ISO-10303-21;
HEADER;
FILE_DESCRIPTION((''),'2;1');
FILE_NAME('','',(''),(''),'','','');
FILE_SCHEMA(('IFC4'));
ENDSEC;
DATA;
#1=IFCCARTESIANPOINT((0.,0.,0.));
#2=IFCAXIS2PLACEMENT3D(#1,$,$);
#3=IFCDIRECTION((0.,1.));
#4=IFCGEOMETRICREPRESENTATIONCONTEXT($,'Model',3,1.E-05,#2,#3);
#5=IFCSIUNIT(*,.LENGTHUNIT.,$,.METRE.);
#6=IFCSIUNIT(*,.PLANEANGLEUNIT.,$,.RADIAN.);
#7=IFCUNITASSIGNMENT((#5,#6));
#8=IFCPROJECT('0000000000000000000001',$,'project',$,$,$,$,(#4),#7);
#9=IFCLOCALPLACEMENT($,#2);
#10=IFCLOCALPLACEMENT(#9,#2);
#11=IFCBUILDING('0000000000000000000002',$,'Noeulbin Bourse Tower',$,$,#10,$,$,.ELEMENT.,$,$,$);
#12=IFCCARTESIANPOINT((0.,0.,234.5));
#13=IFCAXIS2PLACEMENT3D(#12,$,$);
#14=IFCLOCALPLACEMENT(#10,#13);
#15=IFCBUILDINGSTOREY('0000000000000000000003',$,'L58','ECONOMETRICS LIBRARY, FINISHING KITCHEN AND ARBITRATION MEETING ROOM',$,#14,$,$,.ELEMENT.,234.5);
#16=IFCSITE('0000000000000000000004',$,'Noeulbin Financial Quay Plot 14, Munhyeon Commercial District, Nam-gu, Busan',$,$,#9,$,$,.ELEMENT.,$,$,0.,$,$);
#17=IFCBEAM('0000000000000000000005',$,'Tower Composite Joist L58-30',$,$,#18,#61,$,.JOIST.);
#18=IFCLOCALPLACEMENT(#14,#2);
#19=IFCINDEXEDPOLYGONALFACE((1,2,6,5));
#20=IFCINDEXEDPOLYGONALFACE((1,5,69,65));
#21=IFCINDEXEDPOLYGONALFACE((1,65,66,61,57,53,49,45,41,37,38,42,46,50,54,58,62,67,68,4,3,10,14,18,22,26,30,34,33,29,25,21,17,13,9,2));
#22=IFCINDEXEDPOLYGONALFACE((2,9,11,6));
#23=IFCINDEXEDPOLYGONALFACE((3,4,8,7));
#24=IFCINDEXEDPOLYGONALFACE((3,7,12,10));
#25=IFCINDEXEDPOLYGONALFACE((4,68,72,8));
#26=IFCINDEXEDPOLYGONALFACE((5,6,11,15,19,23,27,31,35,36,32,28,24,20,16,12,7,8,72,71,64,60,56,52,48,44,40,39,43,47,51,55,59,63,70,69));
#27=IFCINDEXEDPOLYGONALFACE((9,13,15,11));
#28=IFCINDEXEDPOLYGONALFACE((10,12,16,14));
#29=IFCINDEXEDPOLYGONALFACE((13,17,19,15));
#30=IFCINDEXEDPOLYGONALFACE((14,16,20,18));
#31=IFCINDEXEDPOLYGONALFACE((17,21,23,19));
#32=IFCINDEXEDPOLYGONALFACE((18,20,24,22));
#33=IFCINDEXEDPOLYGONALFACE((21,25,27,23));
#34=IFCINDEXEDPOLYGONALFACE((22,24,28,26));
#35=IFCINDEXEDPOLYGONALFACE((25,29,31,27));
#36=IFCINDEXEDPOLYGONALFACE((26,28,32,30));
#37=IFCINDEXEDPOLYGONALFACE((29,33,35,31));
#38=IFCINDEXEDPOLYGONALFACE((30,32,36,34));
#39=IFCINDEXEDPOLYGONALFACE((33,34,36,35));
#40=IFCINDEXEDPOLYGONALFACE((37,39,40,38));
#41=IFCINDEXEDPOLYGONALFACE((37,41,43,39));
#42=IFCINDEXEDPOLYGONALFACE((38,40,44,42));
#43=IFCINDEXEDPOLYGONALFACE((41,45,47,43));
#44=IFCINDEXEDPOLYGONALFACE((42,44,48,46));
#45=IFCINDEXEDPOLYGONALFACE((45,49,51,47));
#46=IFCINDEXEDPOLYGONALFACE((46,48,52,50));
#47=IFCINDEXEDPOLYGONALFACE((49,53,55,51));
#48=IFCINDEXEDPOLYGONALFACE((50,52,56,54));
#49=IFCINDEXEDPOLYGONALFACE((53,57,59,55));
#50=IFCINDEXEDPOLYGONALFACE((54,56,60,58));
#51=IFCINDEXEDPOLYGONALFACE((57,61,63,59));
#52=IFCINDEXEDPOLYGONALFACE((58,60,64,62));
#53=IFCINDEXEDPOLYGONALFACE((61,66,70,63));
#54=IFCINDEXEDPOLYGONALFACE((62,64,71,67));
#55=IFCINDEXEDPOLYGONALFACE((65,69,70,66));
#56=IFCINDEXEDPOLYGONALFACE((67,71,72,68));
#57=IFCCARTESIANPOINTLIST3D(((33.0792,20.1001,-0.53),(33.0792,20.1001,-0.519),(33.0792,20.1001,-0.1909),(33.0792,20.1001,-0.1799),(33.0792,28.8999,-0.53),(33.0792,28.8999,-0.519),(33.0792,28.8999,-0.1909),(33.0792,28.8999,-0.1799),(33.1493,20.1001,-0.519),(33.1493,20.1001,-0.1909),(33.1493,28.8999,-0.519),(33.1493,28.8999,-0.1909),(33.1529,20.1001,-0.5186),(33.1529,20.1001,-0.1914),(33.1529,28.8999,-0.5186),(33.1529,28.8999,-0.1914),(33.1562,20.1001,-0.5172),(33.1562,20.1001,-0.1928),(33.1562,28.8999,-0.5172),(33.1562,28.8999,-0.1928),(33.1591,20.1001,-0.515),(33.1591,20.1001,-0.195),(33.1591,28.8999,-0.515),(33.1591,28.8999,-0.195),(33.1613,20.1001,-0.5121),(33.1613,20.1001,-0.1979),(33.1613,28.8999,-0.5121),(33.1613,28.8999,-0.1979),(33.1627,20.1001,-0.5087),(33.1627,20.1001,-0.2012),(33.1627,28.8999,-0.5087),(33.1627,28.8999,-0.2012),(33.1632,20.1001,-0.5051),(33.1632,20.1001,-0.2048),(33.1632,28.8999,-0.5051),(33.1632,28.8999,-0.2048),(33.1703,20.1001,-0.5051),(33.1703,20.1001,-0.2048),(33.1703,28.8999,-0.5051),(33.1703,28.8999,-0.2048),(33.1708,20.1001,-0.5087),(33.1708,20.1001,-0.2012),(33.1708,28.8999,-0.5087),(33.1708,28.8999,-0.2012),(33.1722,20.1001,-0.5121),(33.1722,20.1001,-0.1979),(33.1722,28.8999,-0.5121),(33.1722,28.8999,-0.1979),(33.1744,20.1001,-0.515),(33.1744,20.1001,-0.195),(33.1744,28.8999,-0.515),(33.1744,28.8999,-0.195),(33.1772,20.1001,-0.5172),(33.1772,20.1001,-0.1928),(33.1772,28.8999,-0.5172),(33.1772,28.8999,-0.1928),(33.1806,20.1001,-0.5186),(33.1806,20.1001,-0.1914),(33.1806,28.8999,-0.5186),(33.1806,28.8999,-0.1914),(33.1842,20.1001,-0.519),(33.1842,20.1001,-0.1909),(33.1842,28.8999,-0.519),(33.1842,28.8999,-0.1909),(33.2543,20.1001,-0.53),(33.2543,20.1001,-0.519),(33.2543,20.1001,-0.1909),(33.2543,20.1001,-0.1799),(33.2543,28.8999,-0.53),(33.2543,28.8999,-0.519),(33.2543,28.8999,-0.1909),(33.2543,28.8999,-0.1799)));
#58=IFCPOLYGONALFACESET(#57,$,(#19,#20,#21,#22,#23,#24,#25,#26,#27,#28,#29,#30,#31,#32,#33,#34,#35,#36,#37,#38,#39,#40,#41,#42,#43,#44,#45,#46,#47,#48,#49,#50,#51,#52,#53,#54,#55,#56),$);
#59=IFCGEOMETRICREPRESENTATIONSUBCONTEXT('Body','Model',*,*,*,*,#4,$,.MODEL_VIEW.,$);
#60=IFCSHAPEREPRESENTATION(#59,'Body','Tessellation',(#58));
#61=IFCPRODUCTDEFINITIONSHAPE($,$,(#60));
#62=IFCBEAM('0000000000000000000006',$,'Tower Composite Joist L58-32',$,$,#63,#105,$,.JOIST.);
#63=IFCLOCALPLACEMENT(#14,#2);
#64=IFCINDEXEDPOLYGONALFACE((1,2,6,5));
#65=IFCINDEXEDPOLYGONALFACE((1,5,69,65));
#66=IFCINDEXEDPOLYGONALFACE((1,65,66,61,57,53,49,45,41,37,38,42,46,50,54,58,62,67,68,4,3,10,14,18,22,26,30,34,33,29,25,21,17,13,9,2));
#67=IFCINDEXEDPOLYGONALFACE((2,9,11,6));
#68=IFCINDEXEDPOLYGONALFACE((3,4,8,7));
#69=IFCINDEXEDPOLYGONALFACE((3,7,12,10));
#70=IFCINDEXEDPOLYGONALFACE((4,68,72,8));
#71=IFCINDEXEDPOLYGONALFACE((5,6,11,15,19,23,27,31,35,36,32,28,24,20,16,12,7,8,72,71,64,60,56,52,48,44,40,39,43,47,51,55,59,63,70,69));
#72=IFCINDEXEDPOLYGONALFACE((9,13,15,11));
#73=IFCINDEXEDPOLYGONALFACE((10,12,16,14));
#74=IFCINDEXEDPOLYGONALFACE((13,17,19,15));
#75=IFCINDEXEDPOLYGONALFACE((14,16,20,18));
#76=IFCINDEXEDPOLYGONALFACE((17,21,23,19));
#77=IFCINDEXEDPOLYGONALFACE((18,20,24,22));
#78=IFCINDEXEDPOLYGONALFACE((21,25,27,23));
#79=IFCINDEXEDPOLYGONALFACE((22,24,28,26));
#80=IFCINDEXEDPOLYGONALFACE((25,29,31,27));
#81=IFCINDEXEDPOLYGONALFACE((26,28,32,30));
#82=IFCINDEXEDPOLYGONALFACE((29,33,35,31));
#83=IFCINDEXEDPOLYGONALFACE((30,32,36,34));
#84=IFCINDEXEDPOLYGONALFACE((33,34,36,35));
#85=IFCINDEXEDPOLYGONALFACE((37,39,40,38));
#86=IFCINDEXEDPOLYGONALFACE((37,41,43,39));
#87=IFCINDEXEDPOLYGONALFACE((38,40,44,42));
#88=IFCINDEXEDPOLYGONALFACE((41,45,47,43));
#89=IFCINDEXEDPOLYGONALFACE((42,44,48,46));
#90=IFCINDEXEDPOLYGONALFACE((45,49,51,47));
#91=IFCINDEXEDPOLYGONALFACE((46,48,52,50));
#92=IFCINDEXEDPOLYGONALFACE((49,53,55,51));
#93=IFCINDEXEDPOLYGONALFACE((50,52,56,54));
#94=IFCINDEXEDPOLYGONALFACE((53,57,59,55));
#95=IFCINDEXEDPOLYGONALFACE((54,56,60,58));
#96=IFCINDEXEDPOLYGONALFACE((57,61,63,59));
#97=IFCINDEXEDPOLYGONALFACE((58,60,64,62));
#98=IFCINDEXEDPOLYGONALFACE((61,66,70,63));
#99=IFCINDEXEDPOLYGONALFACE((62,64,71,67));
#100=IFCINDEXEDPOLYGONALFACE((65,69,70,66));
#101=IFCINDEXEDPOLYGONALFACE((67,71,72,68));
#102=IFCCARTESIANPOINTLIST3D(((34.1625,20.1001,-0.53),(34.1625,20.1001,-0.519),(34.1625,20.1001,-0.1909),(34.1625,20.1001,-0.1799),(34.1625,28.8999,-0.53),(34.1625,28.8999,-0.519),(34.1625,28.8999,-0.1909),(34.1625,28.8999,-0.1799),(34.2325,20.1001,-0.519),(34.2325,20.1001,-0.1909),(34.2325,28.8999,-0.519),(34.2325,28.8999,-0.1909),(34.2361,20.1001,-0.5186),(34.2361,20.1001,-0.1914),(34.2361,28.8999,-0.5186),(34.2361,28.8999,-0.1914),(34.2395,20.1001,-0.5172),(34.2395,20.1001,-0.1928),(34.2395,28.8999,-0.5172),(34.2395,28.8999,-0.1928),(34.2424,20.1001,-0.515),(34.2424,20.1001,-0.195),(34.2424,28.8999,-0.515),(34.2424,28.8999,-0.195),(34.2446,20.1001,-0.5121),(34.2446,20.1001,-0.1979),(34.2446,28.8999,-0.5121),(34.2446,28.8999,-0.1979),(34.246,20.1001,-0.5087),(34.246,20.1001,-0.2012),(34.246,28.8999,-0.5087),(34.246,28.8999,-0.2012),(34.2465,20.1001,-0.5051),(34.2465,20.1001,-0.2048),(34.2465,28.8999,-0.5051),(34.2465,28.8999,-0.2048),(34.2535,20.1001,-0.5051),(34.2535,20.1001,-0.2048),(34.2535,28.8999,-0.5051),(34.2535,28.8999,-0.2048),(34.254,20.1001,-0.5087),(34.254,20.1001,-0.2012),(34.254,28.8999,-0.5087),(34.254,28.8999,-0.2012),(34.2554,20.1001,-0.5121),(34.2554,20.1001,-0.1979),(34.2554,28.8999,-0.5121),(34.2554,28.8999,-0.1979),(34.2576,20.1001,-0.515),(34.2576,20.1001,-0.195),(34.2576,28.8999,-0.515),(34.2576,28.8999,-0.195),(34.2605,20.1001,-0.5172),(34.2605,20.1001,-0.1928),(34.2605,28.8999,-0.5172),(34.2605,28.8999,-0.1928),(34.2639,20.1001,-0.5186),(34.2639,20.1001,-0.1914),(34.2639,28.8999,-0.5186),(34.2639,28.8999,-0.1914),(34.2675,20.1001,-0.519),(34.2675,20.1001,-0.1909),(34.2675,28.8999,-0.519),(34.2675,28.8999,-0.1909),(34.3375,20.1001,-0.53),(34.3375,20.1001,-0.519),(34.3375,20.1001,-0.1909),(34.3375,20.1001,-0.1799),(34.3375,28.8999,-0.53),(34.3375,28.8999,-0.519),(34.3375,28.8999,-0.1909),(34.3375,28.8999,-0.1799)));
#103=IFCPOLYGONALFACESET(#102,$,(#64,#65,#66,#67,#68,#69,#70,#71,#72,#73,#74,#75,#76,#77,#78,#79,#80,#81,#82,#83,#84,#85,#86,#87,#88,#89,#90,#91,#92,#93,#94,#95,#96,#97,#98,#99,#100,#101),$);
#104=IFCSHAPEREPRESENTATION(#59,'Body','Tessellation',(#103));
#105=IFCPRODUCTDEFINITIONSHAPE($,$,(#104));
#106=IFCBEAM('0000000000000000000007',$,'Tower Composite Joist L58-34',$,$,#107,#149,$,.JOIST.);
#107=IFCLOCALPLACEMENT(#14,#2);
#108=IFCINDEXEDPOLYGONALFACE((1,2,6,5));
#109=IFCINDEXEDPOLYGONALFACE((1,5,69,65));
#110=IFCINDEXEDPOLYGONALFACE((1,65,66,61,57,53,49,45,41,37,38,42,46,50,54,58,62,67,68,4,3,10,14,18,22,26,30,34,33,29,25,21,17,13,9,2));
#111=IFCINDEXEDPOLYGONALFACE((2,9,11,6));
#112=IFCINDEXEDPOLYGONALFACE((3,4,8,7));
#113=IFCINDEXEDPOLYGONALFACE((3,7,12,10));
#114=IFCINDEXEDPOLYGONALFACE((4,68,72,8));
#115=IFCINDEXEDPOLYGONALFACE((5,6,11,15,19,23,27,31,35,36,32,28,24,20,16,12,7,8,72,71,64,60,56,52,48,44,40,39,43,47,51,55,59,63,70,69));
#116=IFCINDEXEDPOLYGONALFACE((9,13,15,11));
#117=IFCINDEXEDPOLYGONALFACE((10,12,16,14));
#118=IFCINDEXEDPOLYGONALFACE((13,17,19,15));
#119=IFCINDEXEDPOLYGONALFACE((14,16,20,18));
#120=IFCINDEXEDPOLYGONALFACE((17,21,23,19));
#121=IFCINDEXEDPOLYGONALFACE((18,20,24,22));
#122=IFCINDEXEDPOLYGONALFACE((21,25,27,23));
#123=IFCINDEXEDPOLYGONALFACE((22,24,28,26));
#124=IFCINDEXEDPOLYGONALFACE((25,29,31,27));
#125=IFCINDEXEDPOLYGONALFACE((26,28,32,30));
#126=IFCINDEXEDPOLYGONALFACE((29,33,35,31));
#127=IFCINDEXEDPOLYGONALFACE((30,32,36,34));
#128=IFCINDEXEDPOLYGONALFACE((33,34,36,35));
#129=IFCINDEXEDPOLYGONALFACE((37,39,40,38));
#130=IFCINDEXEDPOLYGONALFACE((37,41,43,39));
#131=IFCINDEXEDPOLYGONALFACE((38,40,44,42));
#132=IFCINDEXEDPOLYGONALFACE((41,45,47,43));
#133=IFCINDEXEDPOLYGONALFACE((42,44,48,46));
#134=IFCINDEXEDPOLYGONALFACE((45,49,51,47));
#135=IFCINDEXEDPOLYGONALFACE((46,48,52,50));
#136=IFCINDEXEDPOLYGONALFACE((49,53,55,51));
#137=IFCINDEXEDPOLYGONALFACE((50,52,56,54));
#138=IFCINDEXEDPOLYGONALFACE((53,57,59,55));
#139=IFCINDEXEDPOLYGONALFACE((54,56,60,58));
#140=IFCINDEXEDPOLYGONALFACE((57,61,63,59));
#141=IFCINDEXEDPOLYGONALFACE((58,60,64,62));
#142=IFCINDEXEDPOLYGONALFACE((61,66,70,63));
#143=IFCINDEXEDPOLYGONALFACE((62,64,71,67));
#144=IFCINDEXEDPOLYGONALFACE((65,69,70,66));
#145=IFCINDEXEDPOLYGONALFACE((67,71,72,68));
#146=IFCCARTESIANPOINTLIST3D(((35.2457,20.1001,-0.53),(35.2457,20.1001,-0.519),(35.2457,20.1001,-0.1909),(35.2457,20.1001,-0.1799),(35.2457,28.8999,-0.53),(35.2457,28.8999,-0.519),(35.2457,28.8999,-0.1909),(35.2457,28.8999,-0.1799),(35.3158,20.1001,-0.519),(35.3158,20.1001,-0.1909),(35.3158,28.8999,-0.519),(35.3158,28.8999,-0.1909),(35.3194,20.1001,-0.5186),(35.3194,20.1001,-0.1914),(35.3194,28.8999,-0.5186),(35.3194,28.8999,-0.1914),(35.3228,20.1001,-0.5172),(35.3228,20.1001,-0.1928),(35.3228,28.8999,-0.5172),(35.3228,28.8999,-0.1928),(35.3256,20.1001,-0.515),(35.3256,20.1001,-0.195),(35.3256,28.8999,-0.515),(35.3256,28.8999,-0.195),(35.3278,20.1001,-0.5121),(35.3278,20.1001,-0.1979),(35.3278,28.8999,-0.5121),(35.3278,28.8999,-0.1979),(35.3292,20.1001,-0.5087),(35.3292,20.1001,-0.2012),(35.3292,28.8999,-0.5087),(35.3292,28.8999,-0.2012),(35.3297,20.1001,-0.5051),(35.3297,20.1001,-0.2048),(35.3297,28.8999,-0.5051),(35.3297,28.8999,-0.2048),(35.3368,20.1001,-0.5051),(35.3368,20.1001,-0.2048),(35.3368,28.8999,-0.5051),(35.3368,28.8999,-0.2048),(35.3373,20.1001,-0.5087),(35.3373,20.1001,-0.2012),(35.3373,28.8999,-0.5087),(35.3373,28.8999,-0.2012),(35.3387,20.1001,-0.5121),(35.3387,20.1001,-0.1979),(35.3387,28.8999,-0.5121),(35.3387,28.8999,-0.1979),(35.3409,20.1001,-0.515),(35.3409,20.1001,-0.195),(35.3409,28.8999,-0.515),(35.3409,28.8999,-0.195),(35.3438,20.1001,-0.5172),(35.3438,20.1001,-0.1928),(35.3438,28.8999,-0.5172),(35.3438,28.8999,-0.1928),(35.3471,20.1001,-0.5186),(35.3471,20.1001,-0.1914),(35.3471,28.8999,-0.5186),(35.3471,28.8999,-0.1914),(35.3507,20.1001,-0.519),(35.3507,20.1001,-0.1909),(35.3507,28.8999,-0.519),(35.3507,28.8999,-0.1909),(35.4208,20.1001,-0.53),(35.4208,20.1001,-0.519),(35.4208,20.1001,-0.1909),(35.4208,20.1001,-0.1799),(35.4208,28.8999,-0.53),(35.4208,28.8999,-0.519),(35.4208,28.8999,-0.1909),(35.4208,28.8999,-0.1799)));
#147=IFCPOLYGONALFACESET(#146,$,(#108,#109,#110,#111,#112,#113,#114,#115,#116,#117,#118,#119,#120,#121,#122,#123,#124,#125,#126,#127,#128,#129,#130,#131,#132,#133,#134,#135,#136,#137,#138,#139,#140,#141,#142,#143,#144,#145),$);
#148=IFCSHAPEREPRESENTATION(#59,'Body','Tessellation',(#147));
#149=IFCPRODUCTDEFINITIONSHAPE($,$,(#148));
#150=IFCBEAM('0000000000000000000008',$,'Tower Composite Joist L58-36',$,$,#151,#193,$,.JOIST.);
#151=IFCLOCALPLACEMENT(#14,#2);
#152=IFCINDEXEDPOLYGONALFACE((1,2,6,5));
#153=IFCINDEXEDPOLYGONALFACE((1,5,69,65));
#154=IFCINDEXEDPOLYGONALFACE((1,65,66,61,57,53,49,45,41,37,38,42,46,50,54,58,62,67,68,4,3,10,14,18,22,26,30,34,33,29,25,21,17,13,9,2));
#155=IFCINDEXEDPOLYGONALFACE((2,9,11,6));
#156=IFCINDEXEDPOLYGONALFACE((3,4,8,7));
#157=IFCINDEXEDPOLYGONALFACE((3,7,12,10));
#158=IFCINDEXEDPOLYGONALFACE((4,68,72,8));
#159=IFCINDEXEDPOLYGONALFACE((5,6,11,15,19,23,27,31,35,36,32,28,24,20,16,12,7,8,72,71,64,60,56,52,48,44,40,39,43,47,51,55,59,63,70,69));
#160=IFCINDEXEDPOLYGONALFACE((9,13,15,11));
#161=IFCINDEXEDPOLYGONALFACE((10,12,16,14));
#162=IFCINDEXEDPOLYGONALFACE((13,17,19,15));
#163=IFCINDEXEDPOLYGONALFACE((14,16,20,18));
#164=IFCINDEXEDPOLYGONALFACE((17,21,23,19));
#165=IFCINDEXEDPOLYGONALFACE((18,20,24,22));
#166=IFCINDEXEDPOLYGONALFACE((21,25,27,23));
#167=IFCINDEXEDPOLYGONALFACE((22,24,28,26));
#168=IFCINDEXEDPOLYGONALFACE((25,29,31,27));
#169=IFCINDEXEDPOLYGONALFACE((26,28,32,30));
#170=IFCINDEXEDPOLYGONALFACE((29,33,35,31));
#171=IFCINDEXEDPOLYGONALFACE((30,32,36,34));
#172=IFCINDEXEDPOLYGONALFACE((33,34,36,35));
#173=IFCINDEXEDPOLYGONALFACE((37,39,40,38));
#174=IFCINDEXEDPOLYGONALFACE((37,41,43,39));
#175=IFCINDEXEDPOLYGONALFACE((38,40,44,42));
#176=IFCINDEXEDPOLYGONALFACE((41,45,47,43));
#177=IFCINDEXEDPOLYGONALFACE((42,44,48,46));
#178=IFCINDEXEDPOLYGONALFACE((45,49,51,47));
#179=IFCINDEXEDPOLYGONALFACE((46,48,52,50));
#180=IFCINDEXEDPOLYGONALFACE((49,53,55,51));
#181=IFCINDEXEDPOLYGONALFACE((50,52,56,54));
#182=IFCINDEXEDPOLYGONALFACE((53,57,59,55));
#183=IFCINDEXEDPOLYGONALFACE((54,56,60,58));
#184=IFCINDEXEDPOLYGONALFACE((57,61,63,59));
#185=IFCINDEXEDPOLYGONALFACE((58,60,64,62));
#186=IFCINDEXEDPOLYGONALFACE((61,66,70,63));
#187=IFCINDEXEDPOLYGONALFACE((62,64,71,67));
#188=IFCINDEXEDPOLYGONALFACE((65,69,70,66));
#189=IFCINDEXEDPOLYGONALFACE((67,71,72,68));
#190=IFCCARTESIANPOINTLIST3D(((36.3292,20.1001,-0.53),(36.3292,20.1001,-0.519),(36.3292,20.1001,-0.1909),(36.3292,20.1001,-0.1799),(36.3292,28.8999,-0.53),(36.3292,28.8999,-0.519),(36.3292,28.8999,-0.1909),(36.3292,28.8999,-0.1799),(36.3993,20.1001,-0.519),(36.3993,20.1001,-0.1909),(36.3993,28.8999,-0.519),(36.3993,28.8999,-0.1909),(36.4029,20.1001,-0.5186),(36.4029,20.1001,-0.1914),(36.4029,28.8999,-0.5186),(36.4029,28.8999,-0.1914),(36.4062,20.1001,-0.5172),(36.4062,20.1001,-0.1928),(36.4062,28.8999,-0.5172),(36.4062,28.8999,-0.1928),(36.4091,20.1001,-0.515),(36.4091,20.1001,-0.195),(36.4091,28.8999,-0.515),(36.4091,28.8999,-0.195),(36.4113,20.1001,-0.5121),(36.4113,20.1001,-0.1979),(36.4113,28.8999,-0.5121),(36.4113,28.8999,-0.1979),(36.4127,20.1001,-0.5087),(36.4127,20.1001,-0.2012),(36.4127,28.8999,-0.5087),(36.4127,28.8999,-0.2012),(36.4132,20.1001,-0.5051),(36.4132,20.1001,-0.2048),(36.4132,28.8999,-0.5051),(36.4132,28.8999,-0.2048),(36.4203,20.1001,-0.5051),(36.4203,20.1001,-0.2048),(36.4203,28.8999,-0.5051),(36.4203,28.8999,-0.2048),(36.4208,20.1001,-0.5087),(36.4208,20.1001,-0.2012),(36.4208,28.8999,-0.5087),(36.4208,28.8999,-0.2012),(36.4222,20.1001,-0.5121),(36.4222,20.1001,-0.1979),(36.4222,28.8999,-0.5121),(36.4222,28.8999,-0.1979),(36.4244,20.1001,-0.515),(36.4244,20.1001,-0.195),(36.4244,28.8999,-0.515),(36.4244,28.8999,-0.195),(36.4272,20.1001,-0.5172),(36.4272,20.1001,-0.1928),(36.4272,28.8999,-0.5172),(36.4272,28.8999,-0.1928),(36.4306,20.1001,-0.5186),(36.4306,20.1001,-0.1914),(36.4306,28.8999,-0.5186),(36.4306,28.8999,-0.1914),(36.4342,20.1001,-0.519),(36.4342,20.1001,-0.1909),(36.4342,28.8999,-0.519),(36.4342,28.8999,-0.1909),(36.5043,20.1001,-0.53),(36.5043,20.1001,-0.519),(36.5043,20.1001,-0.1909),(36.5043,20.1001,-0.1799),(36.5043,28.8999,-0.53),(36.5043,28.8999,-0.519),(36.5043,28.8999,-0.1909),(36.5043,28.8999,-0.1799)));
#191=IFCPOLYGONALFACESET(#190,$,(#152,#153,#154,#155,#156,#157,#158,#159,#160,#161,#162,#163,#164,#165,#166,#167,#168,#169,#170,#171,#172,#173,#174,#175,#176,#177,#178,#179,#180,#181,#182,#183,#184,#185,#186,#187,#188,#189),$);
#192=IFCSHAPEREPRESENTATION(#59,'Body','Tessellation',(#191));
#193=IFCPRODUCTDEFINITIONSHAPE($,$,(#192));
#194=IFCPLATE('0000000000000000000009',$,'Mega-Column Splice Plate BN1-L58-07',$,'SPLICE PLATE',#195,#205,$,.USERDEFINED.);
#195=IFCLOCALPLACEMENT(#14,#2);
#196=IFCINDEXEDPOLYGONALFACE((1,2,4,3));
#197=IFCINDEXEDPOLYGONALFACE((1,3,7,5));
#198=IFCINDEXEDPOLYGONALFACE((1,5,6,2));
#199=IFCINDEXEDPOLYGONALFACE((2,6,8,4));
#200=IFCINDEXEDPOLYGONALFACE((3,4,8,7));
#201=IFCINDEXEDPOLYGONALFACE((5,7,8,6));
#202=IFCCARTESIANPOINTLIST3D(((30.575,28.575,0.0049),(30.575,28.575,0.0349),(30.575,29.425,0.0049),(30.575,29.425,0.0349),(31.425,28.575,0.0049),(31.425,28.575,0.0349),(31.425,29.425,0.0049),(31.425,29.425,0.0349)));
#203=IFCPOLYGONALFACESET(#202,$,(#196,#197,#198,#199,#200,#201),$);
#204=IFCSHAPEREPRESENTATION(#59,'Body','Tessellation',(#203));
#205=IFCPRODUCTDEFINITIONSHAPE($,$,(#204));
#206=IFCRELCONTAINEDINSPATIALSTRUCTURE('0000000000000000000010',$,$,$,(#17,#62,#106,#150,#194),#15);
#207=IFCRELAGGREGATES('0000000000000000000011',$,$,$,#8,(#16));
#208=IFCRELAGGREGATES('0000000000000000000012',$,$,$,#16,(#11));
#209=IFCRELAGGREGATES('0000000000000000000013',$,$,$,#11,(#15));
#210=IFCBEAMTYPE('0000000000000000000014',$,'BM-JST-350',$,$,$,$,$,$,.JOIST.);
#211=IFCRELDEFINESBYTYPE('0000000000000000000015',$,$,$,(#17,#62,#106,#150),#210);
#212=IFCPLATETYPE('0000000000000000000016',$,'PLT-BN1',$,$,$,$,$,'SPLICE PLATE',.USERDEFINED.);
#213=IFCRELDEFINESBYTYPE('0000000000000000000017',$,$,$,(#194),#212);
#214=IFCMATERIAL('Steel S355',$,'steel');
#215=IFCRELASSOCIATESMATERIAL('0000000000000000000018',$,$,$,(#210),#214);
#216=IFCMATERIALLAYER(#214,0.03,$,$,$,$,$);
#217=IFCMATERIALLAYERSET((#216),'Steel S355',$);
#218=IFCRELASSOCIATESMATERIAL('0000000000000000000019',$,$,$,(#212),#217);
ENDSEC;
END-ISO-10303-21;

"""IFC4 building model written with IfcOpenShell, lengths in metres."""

from ifc_helpers import new_model, si_unit, direction, frame, origin, origin_2d, place, context, subcontext, project, spatial, rectangle, i_section, extrude, material, layer, layer_set, material_profile, profile_set, type_object, element, save


model = new_model("IFC4")

# Units and contexts
model_context = context("Model", 3, precision=1e-05, world=origin(), true_north=direction((0.0, 1.0)))
body_context = subcontext(model_context, "Body", "Model", "MODEL_VIEW")
ifc_project = project(units=[si_unit("LENGTHUNIT", "METRE"), si_unit("PLANEANGLEUNIT", "RADIAN")], contexts=[model_context])

# Site, building, storey
site_placement = place(None, origin())
site = spatial("IfcSite", under=ifc_project, at=site_placement, Name="Noeulbin Financial Quay Plot 14, Munhyeon Commercial District, Nam-gu, Busan", CompositionType="ELEMENT", RefElevation=0.0)
building_placement = place(site_placement, origin())
building = spatial("IfcBuilding", under=site, at=building_placement, Name="Noeulbin Bourse Tower", CompositionType="ELEMENT")
storey_placement = place(building_placement, frame((0.0, 0.0, 234.5)))
storey = spatial("IfcBuildingStorey", under=building, at=storey_placement, Name="L58", Description="ECONOMETRICS LIBRARY, FINISHING KITCHEN AND ARBITRATION MEETING ROOM", CompositionType="ELEMENT", Elevation=234.5)

# Shared definitions
ifc_material_1 = material(Name="Steel S355", Category="steel")

# Beams
ifc_material_profile_1 = material_profile(ifc_material_1, i_section(OverallWidth=0.175, OverallDepth=0.3501, WebThickness=0.0071, FlangeThickness=0.011, FilletRadius=0.0139, at=origin_2d()), Name="H-350x175x7x11", Category="LoadBearing")
ifc_profile_set_1 = profile_set([ifc_material_profile_1], Name="Steel S355")
beam_type = type_object("IfcBeamType", Name="BM-JST-350", PredefinedType="JOIST", material=ifc_profile_set_1)
for number, where, z_axis, x_axis, name in (
    (1, (33.1667, 20.1001, -0.355), (0.0, 1.0, 0.0), (-1.0, 0.0, 0.0), "Tower Composite Joist L58-30"),
    (2, (34.25, 20.1001, -0.355), (0.0, 1.0, 0.0), (-1.0, 0.0, 0.0), "Tower Composite Joist L58-32"),
    (3, (35.3333, 20.1001, -0.355), (0.0, 1.0, 0.0), (-1.0, 0.0, 0.0), "Tower Composite Joist L58-34"),
    (4, (36.4167, 20.1001, -0.355), (0.0, 1.0, 0.0), (-1.0, 0.0, 0.0), "Tower Composite Joist L58-36"),
):
    element("IfcBeam", number, at=place(storey_placement, frame(where, z_axis=z_axis, x_axis=x_axis)), inside=storey, type_object=beam_type, Name=name, PredefinedType="JOIST", context=body_context, shape_type="SweptSolid", body=[
        extrude(i_section(OverallWidth=0.175, OverallDepth=0.3501, WebThickness=0.0071, FlangeThickness=0.011, FilletRadius=0.0139, at=origin_2d()), origin(), (0.0, 0.0, 1.0), 8.7998),
    ])

# Plate
ifc_layer_1 = layer(ifc_material_1, 0.03)
ifc_layer_set_1 = layer_set([ifc_layer_1], Name="Steel S355")
plate_type = type_object("IfcPlateType", Name="PLT-BN1", ElementType="SPLICE PLATE", PredefinedType="USERDEFINED", material=ifc_layer_set_1)
for number, where, z_axis, x_axis, name in (
    (5, (31.0, 29.0, 0.0049), (0.0, 0.0, 1.0), (1.0, 0.0, 0.0), "Mega-Column Splice Plate BN1-L58-07"),
):
    element("IfcPlate", number, at=place(storey_placement, frame(where, z_axis=z_axis, x_axis=x_axis)), inside=storey, type_object=plate_type, Name=name, ObjectType="SPLICE PLATE", PredefinedType="USERDEFINED", context=body_context, shape_type="SweptSolid", body=[
        extrude(rectangle(XDim=0.8501, YDim=0.8501, at=origin_2d()), origin(), (0.0, 0.0, 1.0), 0.03),
    ])

save(model, "model.ifc")
